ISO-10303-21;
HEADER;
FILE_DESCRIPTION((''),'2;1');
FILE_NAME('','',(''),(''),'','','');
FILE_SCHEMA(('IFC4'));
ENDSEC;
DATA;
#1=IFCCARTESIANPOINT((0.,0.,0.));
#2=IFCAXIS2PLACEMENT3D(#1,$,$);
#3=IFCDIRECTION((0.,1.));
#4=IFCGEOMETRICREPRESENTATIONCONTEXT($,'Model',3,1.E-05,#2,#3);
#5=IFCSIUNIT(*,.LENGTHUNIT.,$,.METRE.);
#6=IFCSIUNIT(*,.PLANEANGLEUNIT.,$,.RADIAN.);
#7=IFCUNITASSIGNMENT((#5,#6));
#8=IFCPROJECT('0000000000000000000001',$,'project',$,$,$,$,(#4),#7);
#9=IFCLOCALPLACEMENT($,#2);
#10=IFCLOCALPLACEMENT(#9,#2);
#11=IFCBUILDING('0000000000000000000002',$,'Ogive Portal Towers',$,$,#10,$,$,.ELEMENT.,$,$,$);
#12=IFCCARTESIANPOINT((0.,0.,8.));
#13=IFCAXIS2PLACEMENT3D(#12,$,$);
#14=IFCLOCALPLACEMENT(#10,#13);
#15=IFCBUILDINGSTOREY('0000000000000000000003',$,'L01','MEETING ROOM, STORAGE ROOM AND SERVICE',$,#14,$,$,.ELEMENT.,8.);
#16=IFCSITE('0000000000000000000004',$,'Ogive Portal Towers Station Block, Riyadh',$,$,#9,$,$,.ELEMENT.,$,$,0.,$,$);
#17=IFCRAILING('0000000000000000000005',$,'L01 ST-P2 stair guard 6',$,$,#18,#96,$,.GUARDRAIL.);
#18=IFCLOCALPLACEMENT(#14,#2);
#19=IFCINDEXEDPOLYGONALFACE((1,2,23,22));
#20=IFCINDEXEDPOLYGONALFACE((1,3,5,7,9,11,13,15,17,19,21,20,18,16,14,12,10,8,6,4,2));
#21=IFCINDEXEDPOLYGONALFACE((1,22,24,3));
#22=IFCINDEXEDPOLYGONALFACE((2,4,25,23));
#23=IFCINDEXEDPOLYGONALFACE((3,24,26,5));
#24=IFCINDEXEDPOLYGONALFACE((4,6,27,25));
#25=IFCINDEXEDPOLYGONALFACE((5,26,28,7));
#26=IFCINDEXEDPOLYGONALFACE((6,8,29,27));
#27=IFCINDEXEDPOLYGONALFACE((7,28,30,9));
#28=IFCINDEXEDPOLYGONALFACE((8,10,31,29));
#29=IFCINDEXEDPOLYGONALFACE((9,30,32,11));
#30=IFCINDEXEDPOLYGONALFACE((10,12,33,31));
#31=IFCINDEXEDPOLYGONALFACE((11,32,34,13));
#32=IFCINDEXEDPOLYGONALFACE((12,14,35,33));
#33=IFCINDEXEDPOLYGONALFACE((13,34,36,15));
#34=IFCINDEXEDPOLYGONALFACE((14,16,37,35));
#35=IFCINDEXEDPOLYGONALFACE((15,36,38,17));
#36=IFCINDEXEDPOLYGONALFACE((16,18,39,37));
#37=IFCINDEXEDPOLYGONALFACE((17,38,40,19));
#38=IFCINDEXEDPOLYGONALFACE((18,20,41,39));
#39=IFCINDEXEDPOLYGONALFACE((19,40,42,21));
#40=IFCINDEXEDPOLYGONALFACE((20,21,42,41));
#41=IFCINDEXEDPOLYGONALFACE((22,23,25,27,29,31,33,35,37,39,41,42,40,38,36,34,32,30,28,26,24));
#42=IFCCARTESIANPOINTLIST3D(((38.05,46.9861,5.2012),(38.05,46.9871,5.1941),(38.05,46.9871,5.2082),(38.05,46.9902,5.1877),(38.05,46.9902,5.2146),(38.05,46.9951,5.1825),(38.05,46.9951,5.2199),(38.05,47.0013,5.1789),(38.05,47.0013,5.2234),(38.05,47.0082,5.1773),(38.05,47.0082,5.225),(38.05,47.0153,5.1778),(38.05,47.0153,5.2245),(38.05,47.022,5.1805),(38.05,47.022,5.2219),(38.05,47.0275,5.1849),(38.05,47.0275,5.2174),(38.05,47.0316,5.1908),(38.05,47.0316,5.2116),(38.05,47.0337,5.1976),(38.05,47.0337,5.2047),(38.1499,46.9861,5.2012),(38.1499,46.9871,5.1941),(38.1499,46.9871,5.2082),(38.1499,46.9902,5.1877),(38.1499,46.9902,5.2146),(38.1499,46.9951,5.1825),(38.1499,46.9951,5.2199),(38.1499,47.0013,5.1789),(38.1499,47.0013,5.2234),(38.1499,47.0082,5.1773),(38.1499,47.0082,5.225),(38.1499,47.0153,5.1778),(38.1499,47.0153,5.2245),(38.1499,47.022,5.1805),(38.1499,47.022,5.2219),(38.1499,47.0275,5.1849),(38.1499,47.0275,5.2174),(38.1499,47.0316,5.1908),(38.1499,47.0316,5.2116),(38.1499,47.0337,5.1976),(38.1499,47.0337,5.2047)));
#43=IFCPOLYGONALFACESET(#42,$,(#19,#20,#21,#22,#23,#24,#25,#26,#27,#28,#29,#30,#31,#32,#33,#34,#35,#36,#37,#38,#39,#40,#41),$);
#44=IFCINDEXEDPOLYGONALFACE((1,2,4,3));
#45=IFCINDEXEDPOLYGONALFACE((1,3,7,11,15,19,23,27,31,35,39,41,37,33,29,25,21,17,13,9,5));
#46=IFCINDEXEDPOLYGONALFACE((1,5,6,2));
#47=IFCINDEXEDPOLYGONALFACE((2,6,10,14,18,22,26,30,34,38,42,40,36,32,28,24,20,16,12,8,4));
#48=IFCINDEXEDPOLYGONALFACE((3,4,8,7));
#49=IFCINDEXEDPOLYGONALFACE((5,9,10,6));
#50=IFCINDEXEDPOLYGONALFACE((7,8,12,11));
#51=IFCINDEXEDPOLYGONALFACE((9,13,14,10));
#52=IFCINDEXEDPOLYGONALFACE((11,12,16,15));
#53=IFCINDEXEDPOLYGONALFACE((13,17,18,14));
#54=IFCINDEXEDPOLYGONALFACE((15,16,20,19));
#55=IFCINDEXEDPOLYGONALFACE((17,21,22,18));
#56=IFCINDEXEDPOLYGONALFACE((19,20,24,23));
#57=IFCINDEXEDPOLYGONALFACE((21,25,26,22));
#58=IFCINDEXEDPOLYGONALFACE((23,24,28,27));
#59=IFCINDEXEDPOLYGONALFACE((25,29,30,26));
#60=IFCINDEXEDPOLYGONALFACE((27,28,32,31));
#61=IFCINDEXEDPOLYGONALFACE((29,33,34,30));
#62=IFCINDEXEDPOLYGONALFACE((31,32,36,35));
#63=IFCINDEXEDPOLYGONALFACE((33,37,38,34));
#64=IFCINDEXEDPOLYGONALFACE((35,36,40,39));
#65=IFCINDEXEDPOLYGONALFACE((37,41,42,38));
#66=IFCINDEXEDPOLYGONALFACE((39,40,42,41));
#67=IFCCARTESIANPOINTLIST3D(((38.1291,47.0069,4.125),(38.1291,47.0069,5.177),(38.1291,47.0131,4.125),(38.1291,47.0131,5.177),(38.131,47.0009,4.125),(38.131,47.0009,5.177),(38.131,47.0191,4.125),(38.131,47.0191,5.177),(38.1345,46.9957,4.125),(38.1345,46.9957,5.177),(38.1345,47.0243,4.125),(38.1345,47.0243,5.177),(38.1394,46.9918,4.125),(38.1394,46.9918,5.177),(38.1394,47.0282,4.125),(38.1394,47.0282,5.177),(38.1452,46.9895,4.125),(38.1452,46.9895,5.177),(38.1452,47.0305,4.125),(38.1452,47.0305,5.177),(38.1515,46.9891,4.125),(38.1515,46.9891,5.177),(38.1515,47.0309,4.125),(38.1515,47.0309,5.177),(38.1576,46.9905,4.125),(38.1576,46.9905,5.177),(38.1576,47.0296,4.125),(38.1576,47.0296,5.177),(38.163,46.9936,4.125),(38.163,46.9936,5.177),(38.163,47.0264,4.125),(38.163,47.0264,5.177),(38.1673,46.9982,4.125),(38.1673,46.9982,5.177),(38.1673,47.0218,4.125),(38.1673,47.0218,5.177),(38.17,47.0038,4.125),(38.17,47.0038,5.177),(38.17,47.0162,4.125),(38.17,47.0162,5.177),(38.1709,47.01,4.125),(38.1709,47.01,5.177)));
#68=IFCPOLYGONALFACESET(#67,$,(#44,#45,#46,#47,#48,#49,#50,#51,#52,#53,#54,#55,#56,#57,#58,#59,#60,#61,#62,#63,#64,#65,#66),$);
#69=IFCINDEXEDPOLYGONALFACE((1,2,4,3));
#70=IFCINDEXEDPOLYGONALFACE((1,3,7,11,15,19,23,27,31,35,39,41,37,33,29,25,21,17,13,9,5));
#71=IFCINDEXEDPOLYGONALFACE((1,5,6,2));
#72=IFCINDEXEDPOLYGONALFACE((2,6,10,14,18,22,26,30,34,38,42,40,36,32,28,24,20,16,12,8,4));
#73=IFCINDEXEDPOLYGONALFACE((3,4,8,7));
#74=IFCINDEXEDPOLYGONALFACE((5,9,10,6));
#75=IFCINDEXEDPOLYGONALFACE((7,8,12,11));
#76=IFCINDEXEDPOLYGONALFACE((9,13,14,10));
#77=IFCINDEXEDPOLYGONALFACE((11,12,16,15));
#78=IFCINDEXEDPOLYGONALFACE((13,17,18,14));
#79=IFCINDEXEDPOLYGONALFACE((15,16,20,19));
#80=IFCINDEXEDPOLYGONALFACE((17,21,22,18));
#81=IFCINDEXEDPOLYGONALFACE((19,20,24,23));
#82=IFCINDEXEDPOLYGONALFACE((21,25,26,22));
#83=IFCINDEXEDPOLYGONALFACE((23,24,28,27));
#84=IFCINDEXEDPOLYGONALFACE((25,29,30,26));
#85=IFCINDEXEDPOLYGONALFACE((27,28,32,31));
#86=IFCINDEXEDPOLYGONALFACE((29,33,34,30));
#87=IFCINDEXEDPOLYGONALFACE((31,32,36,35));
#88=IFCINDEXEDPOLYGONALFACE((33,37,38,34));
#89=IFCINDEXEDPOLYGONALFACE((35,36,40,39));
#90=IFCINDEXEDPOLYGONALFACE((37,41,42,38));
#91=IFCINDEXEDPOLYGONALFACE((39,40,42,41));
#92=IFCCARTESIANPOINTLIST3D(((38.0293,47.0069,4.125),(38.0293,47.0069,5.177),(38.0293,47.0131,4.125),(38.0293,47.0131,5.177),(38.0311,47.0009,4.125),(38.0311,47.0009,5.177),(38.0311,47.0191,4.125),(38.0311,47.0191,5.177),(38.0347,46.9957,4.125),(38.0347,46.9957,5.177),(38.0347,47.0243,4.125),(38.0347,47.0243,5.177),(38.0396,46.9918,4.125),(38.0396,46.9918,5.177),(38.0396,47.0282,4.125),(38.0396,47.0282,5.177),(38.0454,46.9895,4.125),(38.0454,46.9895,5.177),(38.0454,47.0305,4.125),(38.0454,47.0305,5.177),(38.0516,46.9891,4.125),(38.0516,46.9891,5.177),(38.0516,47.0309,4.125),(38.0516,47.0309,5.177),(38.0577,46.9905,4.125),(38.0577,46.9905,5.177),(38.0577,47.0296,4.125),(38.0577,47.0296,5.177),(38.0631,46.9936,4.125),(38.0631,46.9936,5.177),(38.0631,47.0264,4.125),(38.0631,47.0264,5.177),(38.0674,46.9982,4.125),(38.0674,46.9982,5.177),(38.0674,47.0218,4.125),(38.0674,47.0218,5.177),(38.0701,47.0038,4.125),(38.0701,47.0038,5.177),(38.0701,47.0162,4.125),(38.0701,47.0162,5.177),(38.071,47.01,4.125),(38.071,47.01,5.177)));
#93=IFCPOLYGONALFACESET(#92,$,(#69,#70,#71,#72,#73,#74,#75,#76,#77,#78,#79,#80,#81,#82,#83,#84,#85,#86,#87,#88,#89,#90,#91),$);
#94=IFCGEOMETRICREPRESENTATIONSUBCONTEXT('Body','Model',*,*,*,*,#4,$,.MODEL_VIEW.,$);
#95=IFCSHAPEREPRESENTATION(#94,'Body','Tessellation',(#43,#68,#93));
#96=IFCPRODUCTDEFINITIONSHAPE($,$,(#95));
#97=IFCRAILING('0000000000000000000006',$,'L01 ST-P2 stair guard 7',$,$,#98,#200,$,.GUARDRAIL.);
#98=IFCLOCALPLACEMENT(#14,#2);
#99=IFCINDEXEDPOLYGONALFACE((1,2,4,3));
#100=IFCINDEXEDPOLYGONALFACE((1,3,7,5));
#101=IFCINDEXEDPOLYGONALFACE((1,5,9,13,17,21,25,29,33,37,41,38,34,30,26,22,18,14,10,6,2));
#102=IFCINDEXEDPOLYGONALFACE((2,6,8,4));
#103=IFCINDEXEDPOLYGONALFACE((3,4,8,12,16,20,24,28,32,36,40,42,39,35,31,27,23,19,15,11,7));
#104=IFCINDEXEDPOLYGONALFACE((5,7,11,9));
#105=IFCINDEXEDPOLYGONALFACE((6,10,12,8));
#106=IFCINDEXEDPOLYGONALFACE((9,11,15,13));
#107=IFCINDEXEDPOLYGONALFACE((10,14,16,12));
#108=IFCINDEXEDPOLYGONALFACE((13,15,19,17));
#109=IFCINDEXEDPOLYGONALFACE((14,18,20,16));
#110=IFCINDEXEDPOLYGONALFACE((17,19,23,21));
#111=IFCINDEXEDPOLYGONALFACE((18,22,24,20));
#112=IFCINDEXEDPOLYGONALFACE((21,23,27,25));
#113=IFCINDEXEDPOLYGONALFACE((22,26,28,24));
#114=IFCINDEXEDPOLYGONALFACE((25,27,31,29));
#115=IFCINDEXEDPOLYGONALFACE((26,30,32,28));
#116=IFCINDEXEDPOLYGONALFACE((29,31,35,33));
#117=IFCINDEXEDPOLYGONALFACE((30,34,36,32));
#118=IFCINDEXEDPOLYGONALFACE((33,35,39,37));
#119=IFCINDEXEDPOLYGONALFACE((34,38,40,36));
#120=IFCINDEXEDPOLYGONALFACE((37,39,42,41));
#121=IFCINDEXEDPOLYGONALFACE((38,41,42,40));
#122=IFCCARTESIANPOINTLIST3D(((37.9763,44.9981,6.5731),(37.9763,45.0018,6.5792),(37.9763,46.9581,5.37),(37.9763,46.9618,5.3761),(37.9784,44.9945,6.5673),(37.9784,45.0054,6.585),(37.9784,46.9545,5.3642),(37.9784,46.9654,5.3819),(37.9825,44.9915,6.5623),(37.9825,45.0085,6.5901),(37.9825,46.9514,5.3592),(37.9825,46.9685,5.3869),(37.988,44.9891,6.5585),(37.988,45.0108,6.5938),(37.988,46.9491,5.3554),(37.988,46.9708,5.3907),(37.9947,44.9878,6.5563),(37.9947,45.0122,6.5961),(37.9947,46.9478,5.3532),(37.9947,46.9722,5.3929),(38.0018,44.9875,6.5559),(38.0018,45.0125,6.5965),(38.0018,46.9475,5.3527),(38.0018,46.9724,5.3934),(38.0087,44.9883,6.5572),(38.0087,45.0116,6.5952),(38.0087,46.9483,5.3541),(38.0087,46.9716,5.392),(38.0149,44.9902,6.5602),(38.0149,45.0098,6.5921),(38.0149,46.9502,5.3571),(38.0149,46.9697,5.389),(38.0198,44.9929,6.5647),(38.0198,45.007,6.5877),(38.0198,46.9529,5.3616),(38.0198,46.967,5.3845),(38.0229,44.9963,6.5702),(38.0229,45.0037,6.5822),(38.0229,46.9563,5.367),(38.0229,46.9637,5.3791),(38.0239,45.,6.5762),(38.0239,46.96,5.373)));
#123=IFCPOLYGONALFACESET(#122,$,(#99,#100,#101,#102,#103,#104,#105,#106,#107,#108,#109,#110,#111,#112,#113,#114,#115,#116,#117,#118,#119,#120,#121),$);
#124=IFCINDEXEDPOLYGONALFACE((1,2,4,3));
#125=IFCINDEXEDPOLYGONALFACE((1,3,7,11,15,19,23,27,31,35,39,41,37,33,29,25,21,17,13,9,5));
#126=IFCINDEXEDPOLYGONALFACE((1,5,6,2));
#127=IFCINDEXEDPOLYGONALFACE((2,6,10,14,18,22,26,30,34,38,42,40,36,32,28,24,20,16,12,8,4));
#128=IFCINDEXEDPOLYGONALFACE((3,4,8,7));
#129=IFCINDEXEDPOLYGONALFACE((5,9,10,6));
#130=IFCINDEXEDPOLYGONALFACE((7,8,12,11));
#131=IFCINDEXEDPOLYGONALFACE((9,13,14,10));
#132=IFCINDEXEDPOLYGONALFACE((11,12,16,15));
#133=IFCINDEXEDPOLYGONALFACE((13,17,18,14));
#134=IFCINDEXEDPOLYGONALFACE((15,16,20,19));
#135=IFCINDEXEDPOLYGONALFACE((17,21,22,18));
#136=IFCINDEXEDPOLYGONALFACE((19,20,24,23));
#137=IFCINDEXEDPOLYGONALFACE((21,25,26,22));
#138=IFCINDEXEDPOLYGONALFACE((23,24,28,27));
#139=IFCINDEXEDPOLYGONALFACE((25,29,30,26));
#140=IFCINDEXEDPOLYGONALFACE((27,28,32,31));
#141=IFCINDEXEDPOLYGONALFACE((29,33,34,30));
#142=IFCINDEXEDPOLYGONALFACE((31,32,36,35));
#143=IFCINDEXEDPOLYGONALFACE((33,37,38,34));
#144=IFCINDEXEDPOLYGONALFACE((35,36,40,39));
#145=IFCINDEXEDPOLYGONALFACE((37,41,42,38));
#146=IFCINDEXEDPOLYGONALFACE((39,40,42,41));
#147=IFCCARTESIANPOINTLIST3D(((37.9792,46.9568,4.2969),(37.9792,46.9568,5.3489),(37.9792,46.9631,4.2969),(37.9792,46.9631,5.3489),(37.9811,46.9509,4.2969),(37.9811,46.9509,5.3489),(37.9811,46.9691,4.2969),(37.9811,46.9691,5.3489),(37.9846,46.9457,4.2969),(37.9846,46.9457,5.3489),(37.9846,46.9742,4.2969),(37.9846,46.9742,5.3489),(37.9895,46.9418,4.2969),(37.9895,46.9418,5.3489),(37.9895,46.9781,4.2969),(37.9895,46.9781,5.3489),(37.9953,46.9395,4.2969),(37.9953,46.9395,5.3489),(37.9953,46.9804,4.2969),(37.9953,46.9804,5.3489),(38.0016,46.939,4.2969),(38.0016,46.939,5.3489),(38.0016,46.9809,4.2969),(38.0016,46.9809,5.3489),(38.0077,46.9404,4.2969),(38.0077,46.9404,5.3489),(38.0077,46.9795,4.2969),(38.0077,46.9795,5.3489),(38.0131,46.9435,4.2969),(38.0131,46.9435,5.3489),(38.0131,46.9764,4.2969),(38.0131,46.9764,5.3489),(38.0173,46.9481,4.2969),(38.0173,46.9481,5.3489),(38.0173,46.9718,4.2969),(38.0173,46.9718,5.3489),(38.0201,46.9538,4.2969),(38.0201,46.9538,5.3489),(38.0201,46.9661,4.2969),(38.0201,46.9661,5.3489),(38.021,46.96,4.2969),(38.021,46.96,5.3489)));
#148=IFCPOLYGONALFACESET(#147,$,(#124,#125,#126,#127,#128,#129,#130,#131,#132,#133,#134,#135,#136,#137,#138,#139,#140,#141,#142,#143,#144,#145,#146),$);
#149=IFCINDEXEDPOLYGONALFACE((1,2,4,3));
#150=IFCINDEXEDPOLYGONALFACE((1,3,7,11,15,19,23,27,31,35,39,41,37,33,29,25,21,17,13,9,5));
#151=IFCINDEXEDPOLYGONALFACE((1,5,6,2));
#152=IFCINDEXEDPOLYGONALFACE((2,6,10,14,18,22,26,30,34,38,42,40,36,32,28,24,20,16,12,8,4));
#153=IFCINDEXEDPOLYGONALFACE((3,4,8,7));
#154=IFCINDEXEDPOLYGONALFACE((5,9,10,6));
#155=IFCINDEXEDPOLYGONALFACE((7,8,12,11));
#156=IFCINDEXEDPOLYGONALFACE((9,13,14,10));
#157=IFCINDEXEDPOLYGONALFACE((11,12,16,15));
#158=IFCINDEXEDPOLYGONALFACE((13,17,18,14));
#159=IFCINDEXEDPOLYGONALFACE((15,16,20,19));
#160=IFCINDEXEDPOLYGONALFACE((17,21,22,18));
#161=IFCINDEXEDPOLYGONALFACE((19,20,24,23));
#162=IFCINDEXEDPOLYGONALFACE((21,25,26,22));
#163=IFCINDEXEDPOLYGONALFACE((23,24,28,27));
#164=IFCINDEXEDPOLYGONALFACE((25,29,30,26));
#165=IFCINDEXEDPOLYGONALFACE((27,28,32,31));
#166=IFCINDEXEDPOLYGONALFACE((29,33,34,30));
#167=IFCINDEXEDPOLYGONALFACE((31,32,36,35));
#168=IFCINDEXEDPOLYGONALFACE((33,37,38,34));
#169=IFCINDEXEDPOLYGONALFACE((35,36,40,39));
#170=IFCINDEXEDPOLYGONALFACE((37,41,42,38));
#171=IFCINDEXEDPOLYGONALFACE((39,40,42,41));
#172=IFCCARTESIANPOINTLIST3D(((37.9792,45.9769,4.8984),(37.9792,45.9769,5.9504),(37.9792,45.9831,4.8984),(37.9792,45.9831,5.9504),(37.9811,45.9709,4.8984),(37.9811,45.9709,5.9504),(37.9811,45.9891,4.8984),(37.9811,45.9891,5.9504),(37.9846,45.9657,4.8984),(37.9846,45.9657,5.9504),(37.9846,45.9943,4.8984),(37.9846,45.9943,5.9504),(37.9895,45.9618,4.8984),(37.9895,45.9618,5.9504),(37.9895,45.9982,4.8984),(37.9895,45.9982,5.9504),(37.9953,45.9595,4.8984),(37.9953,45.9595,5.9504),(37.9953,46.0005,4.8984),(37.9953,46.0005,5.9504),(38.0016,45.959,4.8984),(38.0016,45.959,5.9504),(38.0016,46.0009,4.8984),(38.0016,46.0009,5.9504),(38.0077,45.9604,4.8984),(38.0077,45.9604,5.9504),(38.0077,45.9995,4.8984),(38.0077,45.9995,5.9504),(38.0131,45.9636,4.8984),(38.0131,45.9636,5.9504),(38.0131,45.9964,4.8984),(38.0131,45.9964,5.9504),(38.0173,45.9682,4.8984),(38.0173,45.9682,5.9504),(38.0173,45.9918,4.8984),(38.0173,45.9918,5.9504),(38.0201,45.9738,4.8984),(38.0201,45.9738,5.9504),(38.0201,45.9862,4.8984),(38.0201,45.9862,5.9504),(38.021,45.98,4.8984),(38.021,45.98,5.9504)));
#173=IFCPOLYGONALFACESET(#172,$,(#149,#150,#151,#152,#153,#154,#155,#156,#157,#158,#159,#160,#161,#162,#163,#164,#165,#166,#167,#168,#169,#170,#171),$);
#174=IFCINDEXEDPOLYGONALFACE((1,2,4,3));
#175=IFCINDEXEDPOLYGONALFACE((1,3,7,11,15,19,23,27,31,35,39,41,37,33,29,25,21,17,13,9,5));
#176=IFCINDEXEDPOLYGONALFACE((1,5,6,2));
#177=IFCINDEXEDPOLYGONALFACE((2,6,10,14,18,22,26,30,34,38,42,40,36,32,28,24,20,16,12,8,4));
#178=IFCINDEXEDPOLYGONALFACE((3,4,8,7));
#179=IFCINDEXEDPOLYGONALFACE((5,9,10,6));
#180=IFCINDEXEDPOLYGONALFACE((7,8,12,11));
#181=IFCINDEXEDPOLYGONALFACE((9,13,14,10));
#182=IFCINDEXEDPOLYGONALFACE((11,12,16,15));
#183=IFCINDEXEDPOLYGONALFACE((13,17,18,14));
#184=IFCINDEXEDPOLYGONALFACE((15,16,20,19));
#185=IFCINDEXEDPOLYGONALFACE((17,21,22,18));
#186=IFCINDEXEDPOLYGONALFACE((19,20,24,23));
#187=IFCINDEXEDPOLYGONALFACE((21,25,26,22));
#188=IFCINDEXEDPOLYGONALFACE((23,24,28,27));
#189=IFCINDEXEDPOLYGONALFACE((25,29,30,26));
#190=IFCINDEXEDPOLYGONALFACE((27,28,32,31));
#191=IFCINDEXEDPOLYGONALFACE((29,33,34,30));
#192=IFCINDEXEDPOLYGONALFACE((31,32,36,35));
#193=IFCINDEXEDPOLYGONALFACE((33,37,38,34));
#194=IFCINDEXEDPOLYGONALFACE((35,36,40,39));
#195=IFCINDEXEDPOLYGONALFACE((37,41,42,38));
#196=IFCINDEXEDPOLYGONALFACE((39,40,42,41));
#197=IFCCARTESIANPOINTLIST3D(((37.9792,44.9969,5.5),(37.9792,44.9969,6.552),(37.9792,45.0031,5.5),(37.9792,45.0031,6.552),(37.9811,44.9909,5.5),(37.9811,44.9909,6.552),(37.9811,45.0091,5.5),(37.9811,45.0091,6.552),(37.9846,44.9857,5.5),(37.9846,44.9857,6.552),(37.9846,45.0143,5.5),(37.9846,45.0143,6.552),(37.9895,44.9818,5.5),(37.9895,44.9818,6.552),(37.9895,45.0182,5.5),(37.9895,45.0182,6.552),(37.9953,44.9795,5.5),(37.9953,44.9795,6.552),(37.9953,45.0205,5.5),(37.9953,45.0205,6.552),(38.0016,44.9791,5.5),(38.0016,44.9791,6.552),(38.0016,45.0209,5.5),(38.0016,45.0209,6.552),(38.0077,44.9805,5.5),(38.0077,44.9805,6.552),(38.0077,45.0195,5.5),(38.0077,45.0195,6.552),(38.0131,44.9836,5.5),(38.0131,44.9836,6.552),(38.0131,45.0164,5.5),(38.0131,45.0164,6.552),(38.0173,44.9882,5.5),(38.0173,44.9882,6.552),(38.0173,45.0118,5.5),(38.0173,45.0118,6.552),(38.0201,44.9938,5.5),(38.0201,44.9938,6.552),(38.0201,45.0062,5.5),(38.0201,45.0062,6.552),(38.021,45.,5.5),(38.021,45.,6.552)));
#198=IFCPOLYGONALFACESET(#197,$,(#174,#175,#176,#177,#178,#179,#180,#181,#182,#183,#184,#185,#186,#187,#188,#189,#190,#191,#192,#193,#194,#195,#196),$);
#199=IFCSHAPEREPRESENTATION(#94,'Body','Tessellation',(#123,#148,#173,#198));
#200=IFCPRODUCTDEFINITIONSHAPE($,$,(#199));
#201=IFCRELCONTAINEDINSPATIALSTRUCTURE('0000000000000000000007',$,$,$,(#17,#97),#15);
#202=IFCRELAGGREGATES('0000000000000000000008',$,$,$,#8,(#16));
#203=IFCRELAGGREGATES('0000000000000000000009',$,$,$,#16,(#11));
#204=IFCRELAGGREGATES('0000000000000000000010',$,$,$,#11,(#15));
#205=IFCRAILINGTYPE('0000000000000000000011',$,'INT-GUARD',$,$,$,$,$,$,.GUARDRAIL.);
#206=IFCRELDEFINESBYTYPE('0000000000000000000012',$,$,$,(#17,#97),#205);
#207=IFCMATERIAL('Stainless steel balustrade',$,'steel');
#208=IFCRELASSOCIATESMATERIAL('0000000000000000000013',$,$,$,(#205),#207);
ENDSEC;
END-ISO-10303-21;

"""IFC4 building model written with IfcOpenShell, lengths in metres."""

from ifc_helpers import new_model, si_unit, direction, frame, origin, origin_2d, place, context, subcontext, project, spatial, circle, extrude, material, type_object, element, save


model = new_model("IFC4")

# Units and contexts
model_context = context("Model", 3, precision=1e-05, world=origin(), true_north=direction((0.0, 1.0)))
body_context = subcontext(model_context, "Body", "Model", "MODEL_VIEW")
ifc_project = project(units=[si_unit("LENGTHUNIT", "METRE"), si_unit("PLANEANGLEUNIT", "RADIAN")], contexts=[model_context])

# Site, building, storey
site_placement = place(None, origin())
site = spatial("IfcSite", under=ifc_project, at=site_placement, Name="Ogive Portal Towers Station Block, Riyadh", CompositionType="ELEMENT", RefElevation=0.0)
building_placement = place(site_placement, origin())
building = spatial("IfcBuilding", under=site, at=building_placement, Name="Ogive Portal Towers", CompositionType="ELEMENT")
storey_placement = place(building_placement, frame((0.0, 0.0, 8.0)))
storey = spatial("IfcBuildingStorey", under=building, at=storey_placement, Name="L01", Description="MEETING ROOM, STORAGE ROOM AND SERVICE", CompositionType="ELEMENT", Elevation=8.0)

# Railings
ifc_material_1 = material(Name="Stainless steel balustrade", Category="steel")
railing_type_1 = type_object("IfcRailingType", Name="INT-GUARD", PredefinedType="GUARDRAIL", material=ifc_material_1)
railing_1_placement = place(storey_placement, frame((38.1499, 47.01, 4.125)))
element("IfcRailing", 1, at=railing_1_placement, inside=storey, type_object=railing_type_1, Name="L01 ST-P2 stair guard 6", PredefinedType="GUARDRAIL", context=body_context, shape_type="SweptSolid", body=[
    extrude(circle(Radius=0.0239, at=origin_2d()), frame((0.0, 0.0, 1.0762), z_axis=(-1.0, 0.0, 0.0), x_axis=(0.0, -1.0, 0.0)), (0.0, 0.0, 1.0), 0.0999),
    extrude(circle(Radius=0.021, at=origin_2d()), origin(), (0.0, 0.0, 1.0), 1.052),
    extrude(circle(Radius=0.021, at=origin_2d()), frame((-0.0999, 0.0, 0.0)), (0.0, 0.0, 1.0), 1.052),
])
railing_2_placement = place(storey_placement, frame((38.0, 46.96, 4.2969)))
element("IfcRailing", 2, at=railing_2_placement, inside=storey, type_object=railing_type_1, Name="L01 ST-P2 stair guard 7", PredefinedType="GUARDRAIL", context=body_context, shape_type="SweptSolid", body=[
    extrude(circle(Radius=0.0239, at=origin_2d()), frame((0.0, 0.0, 1.0762), z_axis=(0.0, -0.852241, 0.523149), x_axis=(1.0, 0.0, 0.0)), (0.0, 0.0, 1.0), 2.2998),
    extrude(circle(Radius=0.021, at=origin_2d()), origin(), (0.0, 0.0, 1.0), 1.052),
    extrude(circle(Radius=0.021, at=origin_2d()), frame((0.0, -0.98, 0.6016)), (0.0, 0.0, 1.0), 1.052),
    extrude(circle(Radius=0.021, at=origin_2d()), frame((0.0, -1.96, 1.2031)), (0.0, 0.0, 1.0), 1.052),
])

save(model, "model.ifc")
